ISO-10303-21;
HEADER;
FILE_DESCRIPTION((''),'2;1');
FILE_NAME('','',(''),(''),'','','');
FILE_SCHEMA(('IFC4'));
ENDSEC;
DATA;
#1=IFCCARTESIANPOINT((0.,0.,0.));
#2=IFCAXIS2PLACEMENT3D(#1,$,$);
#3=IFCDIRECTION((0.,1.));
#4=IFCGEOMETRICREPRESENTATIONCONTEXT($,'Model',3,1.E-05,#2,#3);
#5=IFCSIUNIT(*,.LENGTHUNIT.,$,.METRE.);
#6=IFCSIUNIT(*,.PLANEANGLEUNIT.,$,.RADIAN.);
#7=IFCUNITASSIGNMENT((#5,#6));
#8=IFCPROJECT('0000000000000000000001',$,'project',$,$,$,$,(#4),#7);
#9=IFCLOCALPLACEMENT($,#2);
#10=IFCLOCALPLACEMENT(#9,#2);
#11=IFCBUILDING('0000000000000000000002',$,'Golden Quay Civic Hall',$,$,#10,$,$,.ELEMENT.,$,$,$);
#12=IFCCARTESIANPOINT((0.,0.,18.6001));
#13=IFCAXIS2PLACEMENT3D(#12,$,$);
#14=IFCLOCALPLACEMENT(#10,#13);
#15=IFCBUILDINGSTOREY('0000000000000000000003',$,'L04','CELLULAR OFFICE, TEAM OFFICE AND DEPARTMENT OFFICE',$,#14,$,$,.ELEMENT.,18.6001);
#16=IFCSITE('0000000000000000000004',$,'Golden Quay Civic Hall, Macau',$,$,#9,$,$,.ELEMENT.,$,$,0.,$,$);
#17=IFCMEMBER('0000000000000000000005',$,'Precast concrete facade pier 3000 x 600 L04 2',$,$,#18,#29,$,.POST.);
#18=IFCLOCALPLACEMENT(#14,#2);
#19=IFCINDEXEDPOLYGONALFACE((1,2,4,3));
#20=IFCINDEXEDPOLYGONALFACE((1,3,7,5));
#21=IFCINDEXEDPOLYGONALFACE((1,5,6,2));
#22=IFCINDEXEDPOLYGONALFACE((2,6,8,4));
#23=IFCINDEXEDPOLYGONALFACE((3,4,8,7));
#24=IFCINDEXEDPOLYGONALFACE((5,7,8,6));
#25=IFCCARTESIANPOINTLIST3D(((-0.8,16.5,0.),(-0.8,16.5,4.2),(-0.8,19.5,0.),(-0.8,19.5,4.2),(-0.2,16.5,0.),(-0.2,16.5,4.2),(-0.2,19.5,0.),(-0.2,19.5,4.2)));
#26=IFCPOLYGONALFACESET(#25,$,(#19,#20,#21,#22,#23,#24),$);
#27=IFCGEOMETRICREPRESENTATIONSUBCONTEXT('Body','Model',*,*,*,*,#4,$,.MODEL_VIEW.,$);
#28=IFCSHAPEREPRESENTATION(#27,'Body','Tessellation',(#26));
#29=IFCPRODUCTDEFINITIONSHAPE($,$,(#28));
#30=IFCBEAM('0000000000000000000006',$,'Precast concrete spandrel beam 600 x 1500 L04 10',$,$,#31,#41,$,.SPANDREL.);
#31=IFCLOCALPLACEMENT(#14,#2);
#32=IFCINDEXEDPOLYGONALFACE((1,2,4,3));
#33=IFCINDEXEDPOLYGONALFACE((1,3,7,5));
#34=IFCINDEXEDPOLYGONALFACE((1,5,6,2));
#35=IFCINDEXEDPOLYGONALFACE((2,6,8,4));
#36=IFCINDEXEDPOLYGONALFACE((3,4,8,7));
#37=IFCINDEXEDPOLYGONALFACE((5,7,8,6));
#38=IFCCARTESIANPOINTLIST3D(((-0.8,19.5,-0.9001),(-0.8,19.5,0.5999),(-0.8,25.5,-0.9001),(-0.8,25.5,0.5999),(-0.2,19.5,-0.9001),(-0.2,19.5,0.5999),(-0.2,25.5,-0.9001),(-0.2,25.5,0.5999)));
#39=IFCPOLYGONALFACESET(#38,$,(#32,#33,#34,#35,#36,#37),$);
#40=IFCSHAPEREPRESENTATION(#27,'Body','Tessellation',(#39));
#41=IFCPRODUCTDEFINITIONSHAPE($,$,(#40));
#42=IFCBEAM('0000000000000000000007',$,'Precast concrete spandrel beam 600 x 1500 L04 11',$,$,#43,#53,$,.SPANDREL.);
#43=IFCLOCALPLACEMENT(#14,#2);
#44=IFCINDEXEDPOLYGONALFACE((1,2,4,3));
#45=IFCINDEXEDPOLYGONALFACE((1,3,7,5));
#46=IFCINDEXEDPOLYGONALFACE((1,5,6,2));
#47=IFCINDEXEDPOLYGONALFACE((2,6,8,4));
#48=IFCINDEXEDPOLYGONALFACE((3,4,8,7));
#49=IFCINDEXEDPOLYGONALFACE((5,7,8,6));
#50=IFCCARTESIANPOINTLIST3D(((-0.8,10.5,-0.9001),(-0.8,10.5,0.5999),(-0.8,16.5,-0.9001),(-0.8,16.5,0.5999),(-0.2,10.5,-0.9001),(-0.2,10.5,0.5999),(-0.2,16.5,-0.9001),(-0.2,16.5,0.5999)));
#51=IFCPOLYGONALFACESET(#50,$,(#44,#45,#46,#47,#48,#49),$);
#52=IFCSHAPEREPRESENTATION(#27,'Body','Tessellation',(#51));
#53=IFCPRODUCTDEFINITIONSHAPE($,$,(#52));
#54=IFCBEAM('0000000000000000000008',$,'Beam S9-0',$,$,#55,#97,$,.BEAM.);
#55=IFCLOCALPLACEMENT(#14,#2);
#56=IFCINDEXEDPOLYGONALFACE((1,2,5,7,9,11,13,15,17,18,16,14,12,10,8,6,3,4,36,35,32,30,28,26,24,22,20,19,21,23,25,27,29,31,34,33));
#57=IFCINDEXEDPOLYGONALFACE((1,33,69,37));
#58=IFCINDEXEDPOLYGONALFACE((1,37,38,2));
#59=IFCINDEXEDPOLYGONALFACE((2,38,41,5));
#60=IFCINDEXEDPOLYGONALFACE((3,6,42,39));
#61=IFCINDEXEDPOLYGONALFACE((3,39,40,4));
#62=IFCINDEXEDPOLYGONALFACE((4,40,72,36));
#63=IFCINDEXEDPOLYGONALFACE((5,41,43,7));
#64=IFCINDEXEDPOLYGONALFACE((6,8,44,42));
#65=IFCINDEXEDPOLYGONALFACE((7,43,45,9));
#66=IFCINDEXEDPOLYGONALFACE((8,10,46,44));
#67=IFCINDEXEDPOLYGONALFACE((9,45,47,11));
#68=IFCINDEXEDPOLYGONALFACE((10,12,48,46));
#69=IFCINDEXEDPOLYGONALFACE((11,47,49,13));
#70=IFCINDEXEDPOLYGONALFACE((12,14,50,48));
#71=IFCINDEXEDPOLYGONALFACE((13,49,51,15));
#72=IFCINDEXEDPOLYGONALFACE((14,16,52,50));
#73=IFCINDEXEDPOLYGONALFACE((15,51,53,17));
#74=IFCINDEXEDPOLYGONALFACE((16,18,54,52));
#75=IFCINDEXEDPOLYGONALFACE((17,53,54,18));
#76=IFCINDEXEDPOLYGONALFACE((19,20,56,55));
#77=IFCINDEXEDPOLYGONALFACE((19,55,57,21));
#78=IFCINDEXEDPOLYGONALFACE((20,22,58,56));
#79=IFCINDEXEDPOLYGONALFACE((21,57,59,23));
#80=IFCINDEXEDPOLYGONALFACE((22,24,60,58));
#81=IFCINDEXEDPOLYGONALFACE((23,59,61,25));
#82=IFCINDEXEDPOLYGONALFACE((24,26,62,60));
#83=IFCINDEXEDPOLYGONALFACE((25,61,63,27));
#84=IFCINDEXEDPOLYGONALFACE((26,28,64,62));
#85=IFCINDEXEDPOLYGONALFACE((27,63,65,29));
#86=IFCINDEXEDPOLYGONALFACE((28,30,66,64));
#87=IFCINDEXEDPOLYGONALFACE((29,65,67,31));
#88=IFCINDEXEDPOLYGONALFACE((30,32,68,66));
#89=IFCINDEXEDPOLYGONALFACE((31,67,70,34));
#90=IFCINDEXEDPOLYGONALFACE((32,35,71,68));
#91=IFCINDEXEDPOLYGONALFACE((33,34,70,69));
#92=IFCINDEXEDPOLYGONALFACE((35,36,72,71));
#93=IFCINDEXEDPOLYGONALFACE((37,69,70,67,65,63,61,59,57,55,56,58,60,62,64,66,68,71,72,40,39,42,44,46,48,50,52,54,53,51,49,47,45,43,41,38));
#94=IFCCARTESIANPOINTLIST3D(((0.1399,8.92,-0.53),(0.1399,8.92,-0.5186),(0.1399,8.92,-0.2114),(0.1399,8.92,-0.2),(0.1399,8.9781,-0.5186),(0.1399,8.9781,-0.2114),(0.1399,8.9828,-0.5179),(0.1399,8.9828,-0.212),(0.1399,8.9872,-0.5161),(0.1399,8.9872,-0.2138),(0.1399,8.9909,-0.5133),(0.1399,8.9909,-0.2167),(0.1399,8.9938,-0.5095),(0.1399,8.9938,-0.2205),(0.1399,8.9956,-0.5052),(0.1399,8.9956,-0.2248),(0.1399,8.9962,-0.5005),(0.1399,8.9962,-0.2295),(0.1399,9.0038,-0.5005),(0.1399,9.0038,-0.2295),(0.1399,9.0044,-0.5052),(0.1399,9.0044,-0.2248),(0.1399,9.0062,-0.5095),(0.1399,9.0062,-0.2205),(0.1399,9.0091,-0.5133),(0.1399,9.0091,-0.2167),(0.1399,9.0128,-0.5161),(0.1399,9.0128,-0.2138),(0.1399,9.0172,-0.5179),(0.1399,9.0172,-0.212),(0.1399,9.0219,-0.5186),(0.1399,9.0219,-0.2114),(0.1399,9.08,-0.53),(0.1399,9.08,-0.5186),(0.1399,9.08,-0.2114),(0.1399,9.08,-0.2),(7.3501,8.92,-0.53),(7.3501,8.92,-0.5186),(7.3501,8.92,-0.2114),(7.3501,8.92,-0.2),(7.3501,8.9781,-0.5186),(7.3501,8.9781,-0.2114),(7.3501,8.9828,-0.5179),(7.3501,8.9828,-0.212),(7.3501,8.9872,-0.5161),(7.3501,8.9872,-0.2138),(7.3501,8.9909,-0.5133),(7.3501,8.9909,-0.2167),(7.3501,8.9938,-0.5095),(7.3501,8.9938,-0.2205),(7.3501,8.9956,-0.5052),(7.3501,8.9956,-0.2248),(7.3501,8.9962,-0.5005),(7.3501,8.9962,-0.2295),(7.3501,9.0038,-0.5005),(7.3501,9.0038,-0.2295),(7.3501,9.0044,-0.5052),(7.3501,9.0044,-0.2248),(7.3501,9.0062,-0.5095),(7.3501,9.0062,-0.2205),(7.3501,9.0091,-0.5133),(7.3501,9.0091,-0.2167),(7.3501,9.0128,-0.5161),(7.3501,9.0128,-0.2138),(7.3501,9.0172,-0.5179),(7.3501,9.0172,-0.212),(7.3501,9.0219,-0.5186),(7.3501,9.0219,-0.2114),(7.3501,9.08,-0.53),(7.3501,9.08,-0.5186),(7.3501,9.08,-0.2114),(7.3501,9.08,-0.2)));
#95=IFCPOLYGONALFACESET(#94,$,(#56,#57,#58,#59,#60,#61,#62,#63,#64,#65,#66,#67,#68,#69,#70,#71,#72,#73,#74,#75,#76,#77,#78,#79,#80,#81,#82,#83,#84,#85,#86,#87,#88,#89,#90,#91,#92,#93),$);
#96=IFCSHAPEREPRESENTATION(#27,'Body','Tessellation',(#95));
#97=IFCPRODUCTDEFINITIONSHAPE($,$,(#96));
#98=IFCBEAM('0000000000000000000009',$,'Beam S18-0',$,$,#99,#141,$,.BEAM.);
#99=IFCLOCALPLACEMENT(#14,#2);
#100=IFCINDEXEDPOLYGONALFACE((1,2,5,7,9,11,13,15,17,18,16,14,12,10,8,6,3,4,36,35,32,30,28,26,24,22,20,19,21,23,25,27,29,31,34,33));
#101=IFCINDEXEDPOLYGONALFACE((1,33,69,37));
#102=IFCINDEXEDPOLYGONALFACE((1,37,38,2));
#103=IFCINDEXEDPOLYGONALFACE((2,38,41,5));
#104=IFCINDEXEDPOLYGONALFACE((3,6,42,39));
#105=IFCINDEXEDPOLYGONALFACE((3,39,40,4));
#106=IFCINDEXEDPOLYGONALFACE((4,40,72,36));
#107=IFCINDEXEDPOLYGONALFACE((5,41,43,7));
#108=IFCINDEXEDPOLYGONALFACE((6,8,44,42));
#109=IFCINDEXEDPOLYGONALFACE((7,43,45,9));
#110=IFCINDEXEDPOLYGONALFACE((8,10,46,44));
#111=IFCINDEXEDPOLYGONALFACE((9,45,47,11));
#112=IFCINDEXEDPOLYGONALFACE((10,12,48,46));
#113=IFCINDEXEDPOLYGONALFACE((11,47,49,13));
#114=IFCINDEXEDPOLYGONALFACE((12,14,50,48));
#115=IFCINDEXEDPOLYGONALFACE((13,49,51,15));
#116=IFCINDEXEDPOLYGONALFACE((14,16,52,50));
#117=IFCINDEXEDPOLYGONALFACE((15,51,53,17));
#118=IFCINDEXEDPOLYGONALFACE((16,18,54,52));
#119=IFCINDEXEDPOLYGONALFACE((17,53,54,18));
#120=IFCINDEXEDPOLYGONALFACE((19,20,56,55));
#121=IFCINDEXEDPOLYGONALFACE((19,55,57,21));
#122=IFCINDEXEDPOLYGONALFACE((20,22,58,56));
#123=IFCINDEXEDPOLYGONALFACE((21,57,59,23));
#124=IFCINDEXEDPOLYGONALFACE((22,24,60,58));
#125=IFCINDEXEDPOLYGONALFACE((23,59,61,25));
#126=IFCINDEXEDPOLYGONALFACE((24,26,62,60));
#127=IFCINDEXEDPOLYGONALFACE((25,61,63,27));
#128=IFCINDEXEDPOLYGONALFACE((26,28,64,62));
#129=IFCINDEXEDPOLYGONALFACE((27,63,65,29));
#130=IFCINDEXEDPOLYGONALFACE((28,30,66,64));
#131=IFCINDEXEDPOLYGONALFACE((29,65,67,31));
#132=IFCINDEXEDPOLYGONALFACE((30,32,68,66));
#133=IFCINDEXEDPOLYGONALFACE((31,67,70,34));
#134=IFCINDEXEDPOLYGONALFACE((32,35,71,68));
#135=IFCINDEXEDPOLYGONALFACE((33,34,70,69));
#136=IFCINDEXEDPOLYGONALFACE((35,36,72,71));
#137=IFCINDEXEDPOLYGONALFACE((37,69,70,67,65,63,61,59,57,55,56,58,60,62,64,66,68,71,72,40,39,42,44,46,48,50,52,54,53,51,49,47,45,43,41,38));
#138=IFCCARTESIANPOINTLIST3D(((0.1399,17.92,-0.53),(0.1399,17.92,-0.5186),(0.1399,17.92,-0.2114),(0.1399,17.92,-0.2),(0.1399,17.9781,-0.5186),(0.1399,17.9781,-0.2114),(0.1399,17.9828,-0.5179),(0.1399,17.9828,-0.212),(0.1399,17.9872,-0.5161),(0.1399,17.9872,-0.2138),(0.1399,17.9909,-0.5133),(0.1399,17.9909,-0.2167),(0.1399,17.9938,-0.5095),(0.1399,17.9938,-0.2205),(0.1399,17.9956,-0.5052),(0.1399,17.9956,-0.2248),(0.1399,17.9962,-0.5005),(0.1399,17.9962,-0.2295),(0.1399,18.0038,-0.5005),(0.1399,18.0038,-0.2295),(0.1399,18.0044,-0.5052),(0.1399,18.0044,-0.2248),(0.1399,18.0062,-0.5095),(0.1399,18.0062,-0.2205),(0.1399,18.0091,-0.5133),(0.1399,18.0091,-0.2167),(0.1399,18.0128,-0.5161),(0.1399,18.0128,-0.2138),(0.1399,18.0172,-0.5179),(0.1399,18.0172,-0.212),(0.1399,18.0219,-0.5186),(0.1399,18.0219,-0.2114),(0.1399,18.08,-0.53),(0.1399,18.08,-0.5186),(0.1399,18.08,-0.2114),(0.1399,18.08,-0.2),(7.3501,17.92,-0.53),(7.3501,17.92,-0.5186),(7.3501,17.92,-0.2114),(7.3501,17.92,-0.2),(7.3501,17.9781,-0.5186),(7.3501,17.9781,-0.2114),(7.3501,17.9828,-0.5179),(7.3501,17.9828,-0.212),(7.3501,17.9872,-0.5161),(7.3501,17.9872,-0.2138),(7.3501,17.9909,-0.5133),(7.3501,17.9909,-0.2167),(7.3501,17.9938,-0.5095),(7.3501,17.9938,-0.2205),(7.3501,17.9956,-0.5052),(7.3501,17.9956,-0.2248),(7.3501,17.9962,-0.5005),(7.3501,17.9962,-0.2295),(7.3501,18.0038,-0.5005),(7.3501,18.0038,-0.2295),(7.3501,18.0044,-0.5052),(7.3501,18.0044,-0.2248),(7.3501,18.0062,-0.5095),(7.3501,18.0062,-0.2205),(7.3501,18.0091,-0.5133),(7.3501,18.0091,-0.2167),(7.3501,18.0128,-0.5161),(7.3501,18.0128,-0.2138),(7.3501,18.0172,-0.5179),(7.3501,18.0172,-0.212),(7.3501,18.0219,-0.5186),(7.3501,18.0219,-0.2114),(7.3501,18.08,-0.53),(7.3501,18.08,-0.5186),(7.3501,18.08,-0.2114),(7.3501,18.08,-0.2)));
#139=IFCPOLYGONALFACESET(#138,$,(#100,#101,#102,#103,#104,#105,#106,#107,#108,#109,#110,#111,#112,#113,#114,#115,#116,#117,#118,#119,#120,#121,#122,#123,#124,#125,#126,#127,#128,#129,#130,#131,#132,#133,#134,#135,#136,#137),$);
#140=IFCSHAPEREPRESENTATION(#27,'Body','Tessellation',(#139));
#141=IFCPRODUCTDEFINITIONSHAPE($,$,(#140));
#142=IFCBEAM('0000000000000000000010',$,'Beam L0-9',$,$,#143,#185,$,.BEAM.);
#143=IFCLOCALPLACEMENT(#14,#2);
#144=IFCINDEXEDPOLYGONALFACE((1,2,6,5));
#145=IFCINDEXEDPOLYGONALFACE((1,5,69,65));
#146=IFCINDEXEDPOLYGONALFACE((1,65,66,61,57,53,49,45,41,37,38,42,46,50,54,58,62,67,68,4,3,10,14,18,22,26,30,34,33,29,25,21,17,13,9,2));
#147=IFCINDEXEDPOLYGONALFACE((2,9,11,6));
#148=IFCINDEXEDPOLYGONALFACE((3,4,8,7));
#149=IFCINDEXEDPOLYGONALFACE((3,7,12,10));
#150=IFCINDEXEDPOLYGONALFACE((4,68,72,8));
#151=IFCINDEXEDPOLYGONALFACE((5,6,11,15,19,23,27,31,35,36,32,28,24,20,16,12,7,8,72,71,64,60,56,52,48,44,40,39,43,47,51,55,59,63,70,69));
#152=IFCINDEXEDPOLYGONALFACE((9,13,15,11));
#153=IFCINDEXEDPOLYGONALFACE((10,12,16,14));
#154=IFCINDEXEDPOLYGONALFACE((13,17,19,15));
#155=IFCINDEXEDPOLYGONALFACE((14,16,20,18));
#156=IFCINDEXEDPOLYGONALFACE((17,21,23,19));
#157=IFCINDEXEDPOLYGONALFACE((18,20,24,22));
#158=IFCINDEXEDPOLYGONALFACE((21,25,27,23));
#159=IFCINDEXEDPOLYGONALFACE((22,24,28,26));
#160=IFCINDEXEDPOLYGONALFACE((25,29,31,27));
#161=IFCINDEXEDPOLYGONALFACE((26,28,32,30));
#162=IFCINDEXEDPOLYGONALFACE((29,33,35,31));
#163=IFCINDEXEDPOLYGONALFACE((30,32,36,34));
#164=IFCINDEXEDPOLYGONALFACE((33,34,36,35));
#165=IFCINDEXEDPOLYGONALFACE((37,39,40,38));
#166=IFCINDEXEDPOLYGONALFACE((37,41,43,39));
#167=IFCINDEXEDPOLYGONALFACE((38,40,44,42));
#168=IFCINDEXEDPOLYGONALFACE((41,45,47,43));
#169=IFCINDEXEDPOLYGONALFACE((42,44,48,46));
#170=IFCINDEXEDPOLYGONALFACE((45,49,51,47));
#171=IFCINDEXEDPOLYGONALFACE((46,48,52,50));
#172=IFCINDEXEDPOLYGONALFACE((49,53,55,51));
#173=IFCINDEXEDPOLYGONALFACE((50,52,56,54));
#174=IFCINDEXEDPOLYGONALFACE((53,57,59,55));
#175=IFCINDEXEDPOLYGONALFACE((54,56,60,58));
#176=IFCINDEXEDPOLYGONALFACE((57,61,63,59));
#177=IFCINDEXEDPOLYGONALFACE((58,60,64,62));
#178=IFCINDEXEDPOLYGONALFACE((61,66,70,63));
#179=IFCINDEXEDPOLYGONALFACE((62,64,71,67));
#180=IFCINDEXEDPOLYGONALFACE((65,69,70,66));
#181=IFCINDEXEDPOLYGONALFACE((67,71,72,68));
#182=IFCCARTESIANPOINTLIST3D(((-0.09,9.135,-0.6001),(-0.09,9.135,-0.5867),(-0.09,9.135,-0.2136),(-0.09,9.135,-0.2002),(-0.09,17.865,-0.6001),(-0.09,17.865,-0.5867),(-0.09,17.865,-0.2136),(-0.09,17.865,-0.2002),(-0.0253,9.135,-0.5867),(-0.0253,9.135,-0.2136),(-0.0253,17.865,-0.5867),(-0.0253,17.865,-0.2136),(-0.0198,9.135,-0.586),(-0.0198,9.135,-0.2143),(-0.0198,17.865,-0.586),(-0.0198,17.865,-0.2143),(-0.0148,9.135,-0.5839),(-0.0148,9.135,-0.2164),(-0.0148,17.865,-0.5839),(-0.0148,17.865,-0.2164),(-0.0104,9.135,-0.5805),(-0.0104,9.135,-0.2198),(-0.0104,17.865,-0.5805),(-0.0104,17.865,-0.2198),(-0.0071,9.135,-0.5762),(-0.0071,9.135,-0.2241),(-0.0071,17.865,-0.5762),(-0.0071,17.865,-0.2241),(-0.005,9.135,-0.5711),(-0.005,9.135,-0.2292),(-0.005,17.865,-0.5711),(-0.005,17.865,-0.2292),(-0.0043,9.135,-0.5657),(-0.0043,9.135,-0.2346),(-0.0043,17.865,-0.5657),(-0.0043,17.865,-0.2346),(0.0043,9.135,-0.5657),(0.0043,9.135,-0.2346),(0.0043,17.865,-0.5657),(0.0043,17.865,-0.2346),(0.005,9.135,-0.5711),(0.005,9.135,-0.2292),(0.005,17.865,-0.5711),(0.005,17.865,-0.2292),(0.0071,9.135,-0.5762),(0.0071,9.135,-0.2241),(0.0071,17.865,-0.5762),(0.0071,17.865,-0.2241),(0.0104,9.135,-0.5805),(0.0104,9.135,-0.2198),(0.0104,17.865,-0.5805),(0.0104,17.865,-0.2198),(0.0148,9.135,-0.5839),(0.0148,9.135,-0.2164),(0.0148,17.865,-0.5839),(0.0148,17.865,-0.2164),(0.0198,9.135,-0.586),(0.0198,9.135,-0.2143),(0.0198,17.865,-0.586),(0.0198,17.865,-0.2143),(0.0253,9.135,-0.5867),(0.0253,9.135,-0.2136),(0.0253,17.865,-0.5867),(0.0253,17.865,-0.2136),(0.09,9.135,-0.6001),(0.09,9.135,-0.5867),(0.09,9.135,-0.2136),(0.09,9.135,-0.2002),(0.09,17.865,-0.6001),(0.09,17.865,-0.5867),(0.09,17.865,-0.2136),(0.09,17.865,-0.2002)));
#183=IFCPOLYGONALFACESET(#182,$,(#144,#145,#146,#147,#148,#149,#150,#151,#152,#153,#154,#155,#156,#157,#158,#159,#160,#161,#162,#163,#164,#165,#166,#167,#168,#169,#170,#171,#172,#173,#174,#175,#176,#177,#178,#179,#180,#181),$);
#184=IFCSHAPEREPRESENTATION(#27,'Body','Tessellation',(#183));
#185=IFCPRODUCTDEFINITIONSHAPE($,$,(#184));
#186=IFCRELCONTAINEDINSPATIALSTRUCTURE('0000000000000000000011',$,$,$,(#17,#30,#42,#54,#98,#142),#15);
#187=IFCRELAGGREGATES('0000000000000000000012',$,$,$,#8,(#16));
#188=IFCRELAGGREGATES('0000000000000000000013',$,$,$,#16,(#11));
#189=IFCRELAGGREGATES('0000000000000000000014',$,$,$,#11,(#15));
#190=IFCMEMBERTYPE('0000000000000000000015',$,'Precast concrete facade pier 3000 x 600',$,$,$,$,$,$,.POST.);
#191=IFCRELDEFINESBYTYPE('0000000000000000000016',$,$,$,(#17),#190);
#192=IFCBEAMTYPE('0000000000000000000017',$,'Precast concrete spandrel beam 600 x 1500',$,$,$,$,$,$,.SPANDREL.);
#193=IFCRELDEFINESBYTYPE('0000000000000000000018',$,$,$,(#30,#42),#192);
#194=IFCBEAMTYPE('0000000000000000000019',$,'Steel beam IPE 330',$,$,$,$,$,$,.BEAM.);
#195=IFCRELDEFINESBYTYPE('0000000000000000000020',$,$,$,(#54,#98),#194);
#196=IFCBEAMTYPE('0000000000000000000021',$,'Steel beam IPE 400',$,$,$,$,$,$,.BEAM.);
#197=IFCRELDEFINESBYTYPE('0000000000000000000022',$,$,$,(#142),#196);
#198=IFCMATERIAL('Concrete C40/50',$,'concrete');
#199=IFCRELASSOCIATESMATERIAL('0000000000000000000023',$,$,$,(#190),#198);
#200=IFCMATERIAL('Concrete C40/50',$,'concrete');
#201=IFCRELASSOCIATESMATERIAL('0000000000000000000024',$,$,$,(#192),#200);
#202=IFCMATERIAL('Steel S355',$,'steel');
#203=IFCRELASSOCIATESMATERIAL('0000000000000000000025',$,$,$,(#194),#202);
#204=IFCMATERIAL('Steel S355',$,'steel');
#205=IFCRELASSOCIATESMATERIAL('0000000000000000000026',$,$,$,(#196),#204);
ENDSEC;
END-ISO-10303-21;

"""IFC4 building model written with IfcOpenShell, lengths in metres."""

from ifc_helpers import new_model, si_unit, direction, frame, origin, origin_2d, place, context, subcontext, project, spatial, rectangle, i_section, extrude, material, material_profile, profile_set, type_object, element, save


model = new_model("IFC4")

# Units and contexts
model_context = context("Model", 3, precision=1e-05, world=origin(), true_north=direction((0.0, 1.0)))
body_context = subcontext(model_context, "Body", "Model", "MODEL_VIEW")
ifc_project = project(units=[si_unit("LENGTHUNIT", "METRE"), si_unit("PLANEANGLEUNIT", "RADIAN")], contexts=[model_context])

# Site, building, storey
site_placement = place(None, origin())
site = spatial("IfcSite", under=ifc_project, at=site_placement, Name="Golden Quay Civic Hall, Macau", CompositionType="ELEMENT", RefElevation=0.0)
building_placement = place(site_placement, origin())
building = spatial("IfcBuilding", under=site, at=building_placement, Name="Golden Quay Civic Hall", CompositionType="ELEMENT")
storey_placement = place(building_placement, frame((0.0, 0.0, 18.6001)))
storey = spatial("IfcBuildingStorey", under=building, at=storey_placement, Name="L04", Description="CELLULAR OFFICE, TEAM OFFICE AND DEPARTMENT OFFICE", CompositionType="ELEMENT", Elevation=18.6001)

# Member
ifc_material_1 = material(Name="Concrete C40/50", Category="concrete")
ifc_material_profile_1 = material_profile(ifc_material_1, rectangle(XDim=3.0, YDim=0.6001, at=origin_2d()), Name="RC 3000x600")
ifc_profile_set_1 = profile_set([ifc_material_profile_1], Name="Concrete C40/50")
member_type = type_object("IfcMemberType", Name="Precast concrete facade pier 3000 x 600", PredefinedType="POST", material=ifc_profile_set_1)
member_placement = place(storey_placement, frame((-0.5, 18.0, 0.0), z_axis=(0.0, 0.0, 1.0), x_axis=(0.0, 1.0, 0.0)))
element("IfcMember", 1, at=member_placement, inside=storey, type_object=member_type, Name="Precast concrete facade pier 3000 x 600 L04 2", PredefinedType="POST", context=body_context, shape_type="SweptSolid", body=[
    extrude(rectangle(XDim=3.0, YDim=0.6001, at=origin_2d()), origin(), (0.0, 0.0, 1.0), 4.2),
])

# Beams
ifc_material_2 = material(Name="Concrete C40/50", Category="concrete")
ifc_material_profile_2 = material_profile(ifc_material_2, rectangle(XDim=0.6001, YDim=1.5, at=origin_2d()), Name="RC 600x1500")
ifc_profile_set_2 = profile_set([ifc_material_profile_2], Name="Concrete C40/50")
beam_type_1 = type_object("IfcBeamType", Name="Precast concrete spandrel beam 600 x 1500", PredefinedType="SPANDREL", material=ifc_profile_set_2)
for number, where, z_axis, x_axis, name in (
    (2, (-0.5, 19.5, -0.1501), (0.0, 1.0, 0.0), (-1.0, 0.0, 0.0), "Precast concrete spandrel beam 600 x 1500 L04 10"),
    (3, (-0.5, 10.5, -0.1501), (0.0, 1.0, 0.0), (-1.0, 0.0, 0.0), "Precast concrete spandrel beam 600 x 1500 L04 11"),
):
    element("IfcBeam", number, at=place(storey_placement, frame(where, z_axis=z_axis, x_axis=x_axis)), inside=storey, type_object=beam_type_1, Name=name, PredefinedType="SPANDREL", context=body_context, shape_type="SweptSolid", body=[
        extrude(rectangle(XDim=0.6001, YDim=1.5, at=origin_2d()), origin(), (0.0, 0.0, 1.0), 6.0),
    ])
ifc_material_3 = material(Name="Steel S355", Category="steel")
ifc_material_profile_3 = material_profile(ifc_material_3, i_section(OverallWidth=0.1599, OverallDepth=0.3301, WebThickness=0.0076, FlangeThickness=0.0115, FilletRadius=0.0181, at=origin_2d()), Name="IPE 330")
ifc_profile_set_3 = profile_set([ifc_material_profile_3], Name="Steel S355")
beam_type_2 = type_object("IfcBeamType", Name="Steel beam IPE 330", PredefinedType="BEAM", material=ifc_profile_set_3)
for number, where, z_axis, x_axis, name in (
    (4, (0.1399, 9.0, -0.365), (1.0, 0.0, 0.0), (0.0, 1.0, 0.0), "Beam S9-0"),
    (5, (0.1399, 18.0, -0.365), (1.0, 0.0, 0.0), (0.0, 1.0, 0.0), "Beam S18-0"),
):
    element("IfcBeam", number, at=place(storey_placement, frame(where, z_axis=z_axis, x_axis=x_axis)), inside=storey, type_object=beam_type_2, Name=name, PredefinedType="BEAM", context=body_context, shape_type="SweptSolid", body=[
        extrude(i_section(OverallWidth=0.1599, OverallDepth=0.3301, WebThickness=0.0076, FlangeThickness=0.0115, FilletRadius=0.0181, at=origin_2d()), origin(), (0.0, 0.0, 1.0), 7.2102),
    ])
ifc_material_4 = material(Name="Steel S355", Category="steel")
ifc_material_profile_4 = material_profile(ifc_material_4, i_section(OverallWidth=0.1799, OverallDepth=0.3999, WebThickness=0.0085, FlangeThickness=0.0134, FilletRadius=0.021, at=origin_2d()), Name="IPE 400")
ifc_profile_set_4 = profile_set([ifc_material_profile_4], Name="Steel S355")
beam_type_3 = type_object("IfcBeamType", Name="Steel beam IPE 400", PredefinedType="BEAM", material=ifc_profile_set_4)
for number, where, z_axis, x_axis, name in (
    (6, (0.0, 9.135, -0.4001), (0.0, 1.0, 0.0), (-1.0, 0.0, 0.0), "Beam L0-9"),
):
    element("IfcBeam", number, at=place(storey_placement, frame(where, z_axis=z_axis, x_axis=x_axis)), inside=storey, type_object=beam_type_3, Name=name, PredefinedType="BEAM", context=body_context, shape_type="SweptSolid", body=[
        extrude(i_section(OverallWidth=0.1799, OverallDepth=0.3999, WebThickness=0.0085, FlangeThickness=0.0134, FilletRadius=0.021, at=origin_2d()), origin(), (0.0, 0.0, 1.0), 8.73),
    ])

save(model, "model.ifc")
